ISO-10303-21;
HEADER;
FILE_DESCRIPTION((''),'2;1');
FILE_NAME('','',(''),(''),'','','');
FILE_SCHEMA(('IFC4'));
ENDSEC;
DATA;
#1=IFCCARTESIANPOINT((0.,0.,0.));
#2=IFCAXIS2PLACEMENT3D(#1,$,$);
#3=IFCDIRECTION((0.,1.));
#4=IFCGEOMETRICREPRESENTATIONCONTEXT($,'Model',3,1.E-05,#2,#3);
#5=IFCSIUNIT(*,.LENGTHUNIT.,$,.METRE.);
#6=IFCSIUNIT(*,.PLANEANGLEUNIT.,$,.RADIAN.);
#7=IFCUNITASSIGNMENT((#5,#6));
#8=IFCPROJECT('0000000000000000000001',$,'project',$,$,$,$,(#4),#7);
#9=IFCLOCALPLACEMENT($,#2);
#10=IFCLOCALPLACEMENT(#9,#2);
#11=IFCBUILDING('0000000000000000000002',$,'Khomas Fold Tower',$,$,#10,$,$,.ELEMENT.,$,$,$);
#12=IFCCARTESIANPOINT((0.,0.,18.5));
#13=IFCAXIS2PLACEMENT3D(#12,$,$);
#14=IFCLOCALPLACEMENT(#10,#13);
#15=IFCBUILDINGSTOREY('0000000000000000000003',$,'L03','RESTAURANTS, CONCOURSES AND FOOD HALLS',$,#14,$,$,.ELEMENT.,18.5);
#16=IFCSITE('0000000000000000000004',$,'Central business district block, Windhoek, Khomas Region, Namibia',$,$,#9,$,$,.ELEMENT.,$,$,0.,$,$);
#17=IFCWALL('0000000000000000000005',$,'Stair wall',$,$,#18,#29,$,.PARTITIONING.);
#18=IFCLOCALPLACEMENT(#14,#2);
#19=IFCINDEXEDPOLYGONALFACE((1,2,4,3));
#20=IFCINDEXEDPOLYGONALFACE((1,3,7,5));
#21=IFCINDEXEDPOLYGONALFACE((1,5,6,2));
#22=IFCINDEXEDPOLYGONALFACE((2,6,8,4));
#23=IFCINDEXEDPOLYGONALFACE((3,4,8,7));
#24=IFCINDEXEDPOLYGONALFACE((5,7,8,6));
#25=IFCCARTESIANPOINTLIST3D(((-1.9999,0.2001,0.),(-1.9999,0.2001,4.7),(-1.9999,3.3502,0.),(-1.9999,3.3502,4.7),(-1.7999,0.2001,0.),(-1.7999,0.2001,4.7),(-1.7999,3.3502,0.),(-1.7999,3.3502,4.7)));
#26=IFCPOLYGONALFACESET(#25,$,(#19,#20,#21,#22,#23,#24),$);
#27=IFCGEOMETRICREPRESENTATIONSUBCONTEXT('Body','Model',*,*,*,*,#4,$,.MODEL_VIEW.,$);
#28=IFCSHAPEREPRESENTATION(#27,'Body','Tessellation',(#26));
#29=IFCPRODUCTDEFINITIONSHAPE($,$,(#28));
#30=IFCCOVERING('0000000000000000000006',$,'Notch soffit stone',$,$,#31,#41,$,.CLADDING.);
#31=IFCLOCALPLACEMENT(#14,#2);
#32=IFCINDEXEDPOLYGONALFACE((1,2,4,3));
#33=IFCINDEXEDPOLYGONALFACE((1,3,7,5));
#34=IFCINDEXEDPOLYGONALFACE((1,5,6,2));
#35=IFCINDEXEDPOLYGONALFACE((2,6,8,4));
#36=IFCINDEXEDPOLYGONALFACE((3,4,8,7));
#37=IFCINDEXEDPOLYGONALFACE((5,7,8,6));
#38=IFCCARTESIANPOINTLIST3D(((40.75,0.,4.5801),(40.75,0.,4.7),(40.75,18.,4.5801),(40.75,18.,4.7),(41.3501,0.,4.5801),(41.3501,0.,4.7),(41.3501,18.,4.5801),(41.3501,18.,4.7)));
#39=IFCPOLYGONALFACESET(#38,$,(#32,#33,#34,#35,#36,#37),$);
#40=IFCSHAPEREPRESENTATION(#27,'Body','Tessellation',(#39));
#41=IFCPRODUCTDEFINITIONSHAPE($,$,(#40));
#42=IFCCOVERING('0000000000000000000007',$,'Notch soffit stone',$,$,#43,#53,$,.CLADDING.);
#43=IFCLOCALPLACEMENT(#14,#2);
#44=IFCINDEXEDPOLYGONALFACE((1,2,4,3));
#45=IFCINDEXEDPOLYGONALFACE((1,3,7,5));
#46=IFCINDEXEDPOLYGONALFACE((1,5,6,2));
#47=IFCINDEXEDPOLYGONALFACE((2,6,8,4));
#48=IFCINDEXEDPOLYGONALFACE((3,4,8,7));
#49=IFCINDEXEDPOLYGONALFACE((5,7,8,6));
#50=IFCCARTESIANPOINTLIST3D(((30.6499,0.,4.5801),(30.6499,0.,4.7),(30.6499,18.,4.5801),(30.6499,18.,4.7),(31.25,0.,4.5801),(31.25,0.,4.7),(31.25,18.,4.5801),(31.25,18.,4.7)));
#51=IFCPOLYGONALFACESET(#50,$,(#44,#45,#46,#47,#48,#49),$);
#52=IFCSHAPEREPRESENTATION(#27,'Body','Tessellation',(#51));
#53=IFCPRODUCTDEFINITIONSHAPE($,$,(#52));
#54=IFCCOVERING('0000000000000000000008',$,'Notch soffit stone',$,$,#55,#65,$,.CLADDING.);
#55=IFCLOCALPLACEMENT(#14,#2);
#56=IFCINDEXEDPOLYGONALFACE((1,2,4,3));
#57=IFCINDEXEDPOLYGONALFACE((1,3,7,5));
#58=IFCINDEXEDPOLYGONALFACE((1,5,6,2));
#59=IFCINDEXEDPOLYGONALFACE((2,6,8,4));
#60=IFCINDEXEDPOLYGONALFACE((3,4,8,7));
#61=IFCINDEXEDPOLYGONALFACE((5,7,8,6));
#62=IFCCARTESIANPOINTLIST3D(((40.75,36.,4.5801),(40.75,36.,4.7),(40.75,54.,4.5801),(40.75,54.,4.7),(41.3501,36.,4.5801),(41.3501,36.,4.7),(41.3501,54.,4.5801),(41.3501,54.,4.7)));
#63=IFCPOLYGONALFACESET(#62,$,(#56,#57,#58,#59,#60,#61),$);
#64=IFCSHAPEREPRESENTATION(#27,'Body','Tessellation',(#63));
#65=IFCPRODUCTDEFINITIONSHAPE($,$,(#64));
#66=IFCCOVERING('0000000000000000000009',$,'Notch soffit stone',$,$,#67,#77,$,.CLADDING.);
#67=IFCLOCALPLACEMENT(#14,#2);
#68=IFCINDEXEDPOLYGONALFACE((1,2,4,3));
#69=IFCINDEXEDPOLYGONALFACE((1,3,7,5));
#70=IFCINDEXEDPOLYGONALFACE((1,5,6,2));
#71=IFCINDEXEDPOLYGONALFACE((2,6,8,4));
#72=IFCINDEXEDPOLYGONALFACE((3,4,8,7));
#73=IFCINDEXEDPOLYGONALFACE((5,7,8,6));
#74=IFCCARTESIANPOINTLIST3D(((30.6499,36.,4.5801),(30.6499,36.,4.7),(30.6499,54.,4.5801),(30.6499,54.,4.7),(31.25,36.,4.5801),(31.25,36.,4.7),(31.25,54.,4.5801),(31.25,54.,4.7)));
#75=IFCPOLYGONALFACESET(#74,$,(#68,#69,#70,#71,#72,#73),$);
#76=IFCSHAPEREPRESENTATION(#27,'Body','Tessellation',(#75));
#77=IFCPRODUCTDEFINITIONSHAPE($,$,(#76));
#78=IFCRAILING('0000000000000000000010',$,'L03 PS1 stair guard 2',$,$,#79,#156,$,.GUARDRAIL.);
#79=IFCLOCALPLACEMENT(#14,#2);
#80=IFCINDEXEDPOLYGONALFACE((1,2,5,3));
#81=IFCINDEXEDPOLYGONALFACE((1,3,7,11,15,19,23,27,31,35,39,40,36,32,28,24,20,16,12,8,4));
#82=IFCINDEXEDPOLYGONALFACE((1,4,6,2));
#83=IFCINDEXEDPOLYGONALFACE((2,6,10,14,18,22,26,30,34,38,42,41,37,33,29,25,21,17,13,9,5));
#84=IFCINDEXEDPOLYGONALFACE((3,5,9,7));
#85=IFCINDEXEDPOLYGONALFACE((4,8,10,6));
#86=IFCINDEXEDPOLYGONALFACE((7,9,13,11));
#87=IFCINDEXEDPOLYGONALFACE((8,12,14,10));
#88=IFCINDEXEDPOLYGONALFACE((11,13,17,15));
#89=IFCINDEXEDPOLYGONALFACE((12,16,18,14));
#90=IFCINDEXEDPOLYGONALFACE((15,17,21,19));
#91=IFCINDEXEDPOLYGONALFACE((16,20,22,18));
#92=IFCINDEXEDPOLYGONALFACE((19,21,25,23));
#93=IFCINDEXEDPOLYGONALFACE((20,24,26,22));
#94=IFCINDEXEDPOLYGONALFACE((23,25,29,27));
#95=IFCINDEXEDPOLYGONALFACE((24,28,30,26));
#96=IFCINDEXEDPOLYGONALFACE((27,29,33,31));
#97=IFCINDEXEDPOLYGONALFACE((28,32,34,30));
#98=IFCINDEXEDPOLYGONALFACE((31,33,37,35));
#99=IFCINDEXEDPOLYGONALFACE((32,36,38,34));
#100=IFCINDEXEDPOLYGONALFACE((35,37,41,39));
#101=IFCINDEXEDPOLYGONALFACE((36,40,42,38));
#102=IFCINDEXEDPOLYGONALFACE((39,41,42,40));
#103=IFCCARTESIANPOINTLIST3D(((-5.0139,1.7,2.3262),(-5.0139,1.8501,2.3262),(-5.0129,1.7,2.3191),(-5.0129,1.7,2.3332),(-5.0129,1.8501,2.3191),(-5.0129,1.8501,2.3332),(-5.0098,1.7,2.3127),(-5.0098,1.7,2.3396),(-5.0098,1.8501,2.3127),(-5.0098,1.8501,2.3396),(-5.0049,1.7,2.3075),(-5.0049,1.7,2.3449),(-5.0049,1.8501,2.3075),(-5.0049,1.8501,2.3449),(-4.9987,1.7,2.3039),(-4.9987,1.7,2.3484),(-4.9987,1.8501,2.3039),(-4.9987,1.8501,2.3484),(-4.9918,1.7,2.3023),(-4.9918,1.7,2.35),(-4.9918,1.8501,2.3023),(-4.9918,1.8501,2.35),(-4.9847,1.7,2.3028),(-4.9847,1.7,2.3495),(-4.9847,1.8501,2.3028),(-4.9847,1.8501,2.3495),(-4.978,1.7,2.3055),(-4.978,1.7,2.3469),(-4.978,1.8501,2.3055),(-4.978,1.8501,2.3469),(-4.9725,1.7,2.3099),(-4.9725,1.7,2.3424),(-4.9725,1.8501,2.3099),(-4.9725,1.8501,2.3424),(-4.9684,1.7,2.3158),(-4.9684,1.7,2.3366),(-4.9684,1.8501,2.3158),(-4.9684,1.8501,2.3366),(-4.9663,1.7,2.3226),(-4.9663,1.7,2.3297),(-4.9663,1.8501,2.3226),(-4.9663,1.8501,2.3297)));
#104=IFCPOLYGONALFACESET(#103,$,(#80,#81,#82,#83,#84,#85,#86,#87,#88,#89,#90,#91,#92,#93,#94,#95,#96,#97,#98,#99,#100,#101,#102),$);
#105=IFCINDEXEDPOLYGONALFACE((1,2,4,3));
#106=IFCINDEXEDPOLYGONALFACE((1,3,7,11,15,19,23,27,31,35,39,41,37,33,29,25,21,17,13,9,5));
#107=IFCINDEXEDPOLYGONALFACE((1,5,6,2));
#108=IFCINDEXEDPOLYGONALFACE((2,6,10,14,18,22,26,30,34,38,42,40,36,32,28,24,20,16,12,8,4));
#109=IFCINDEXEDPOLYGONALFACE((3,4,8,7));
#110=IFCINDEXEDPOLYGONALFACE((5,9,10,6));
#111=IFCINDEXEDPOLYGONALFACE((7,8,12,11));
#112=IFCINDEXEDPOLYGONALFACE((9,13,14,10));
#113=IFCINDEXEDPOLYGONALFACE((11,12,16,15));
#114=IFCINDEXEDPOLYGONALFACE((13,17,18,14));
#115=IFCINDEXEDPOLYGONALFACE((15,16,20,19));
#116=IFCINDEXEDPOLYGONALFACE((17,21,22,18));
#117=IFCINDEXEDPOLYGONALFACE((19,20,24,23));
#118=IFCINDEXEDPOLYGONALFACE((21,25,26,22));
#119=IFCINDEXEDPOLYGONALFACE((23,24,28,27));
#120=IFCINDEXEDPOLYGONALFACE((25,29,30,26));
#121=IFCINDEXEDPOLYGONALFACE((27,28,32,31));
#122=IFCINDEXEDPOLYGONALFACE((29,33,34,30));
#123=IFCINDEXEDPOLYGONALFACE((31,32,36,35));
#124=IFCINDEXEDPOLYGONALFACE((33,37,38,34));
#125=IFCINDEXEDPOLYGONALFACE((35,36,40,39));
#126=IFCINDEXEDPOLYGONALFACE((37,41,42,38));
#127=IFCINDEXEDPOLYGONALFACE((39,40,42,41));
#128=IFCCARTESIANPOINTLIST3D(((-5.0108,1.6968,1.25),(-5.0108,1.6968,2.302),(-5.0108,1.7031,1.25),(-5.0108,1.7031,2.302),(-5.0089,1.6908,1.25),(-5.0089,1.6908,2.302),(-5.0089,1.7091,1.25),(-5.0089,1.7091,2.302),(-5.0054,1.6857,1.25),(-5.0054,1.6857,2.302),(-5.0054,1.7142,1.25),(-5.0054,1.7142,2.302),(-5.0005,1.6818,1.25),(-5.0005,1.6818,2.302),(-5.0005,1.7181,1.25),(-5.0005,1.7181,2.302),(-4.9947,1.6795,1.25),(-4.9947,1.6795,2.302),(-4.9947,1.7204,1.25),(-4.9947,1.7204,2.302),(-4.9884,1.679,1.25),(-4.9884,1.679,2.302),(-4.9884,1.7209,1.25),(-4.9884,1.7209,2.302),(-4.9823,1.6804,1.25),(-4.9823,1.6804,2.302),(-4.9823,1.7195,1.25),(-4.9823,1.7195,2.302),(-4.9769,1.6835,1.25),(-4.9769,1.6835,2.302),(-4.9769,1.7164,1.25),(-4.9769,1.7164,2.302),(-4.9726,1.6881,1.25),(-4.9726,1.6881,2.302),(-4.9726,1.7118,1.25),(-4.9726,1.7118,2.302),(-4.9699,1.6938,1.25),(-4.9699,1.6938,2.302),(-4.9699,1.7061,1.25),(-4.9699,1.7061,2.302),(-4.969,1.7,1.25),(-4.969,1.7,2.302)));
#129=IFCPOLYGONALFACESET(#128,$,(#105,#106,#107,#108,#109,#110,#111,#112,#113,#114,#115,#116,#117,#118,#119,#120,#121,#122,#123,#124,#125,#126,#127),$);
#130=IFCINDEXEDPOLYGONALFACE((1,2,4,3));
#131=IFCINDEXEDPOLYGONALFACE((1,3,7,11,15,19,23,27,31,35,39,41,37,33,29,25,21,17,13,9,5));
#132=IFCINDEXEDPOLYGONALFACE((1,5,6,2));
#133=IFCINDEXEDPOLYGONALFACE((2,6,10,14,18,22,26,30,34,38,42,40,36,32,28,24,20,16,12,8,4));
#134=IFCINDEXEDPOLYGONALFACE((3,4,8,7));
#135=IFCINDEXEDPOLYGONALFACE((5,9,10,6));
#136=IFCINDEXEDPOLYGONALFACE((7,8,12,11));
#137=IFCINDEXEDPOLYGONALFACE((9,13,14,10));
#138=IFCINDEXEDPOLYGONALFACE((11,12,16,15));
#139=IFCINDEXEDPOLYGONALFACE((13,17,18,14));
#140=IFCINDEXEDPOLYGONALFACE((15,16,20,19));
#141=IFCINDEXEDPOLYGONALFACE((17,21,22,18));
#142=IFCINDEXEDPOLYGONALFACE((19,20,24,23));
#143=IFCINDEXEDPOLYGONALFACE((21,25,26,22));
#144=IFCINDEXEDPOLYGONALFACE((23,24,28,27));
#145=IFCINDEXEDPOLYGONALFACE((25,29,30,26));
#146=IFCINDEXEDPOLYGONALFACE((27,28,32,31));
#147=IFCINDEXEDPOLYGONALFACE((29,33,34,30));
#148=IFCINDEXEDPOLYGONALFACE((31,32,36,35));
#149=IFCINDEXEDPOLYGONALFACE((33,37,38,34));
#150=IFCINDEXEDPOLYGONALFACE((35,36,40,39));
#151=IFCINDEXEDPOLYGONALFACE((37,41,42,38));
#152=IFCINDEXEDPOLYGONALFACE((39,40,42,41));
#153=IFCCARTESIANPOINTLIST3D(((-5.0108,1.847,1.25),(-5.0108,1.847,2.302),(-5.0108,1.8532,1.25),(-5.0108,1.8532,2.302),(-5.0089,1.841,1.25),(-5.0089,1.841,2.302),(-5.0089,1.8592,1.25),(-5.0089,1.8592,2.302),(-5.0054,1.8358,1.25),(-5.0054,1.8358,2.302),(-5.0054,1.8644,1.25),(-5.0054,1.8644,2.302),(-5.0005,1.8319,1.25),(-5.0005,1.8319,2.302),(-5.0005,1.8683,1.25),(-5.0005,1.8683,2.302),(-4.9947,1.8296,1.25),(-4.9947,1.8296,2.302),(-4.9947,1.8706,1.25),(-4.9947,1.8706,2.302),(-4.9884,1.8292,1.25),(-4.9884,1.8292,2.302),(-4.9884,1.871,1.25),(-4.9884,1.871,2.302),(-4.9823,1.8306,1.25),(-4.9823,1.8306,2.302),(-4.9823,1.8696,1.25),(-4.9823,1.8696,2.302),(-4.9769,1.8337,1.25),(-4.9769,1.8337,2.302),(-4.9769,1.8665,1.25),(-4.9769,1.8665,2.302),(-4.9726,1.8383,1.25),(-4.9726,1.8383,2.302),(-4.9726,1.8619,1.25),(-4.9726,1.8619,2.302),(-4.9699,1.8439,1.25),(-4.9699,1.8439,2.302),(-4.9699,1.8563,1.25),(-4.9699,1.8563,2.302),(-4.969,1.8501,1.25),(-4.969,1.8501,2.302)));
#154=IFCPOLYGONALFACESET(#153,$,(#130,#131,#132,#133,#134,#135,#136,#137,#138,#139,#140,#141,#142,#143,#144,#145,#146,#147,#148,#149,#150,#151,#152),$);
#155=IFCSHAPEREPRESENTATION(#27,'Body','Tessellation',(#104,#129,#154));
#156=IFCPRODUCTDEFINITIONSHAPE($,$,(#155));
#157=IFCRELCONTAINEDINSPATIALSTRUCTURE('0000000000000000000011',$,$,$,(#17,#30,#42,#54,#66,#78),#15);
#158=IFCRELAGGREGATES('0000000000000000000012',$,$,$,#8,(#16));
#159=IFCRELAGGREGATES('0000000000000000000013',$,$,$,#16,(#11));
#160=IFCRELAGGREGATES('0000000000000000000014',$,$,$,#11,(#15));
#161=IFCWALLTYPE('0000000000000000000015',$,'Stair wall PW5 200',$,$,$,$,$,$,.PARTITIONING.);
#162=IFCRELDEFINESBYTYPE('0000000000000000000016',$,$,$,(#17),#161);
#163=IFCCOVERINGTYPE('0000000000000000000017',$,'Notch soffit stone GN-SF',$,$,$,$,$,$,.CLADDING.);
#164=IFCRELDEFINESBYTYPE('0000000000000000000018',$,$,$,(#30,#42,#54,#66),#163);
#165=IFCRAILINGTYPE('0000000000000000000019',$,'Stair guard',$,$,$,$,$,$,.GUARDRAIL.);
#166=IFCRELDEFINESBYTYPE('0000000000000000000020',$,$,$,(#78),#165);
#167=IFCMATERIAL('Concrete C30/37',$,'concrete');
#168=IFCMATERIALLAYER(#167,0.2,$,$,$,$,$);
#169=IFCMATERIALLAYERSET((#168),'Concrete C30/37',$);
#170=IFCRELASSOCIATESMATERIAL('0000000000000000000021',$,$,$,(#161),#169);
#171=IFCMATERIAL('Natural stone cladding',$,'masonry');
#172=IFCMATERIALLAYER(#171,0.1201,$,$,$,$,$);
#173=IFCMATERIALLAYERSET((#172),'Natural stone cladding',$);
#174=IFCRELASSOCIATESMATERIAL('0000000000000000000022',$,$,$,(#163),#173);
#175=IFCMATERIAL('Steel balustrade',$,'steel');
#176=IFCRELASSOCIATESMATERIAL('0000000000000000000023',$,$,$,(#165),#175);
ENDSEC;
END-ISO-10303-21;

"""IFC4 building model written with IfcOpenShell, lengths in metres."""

from ifc_helpers import new_model, si_unit, direction, frame, frame_2d, origin, origin_2d, place, context, subcontext, project, spatial, polyline, rectangle, circle, outline, extrude, source, transform, mapped, material, layer, layer_set, type_object, element, save


model = new_model("IFC4")

# Units and contexts
model_context = context("Model", 3, precision=1e-05, world=origin(), true_north=direction((0.0, 1.0)))
body_context = subcontext(model_context, "Body", "Model", "MODEL_VIEW")
ifc_project = project(units=[si_unit("LENGTHUNIT", "METRE"), si_unit("PLANEANGLEUNIT", "RADIAN")], contexts=[model_context])

# Site, building, storey
site_placement = place(None, origin())
site = spatial("IfcSite", under=ifc_project, at=site_placement, Name="Central business district block, Windhoek, Khomas Region, Namibia", CompositionType="ELEMENT", RefElevation=0.0)
building_placement = place(site_placement, origin())
building = spatial("IfcBuilding", under=site, at=building_placement, Name="Khomas Fold Tower", CompositionType="ELEMENT")
storey_placement = place(building_placement, frame((0.0, 0.0, 18.5)))
storey = spatial("IfcBuildingStorey", under=building, at=storey_placement, Name="L03", Description="RESTAURANTS, CONCOURSES AND FOOD HALLS", CompositionType="ELEMENT", Elevation=18.5)

# Wall
ifc_material_1 = material(Name="Concrete C30/37", Category="concrete")
ifc_layer_1 = layer(ifc_material_1, 0.2)
ifc_layer_set_1 = layer_set([ifc_layer_1], Name="Concrete C30/37")
wall_type_1 = type_object("IfcWallType", Name="Stair wall PW5 200", PredefinedType="PARTITIONING", material=ifc_layer_set_1)
shared_shape_1 = source(origin(), body_context, "Body", "SweptSolid", [
    extrude(rectangle(XDim=3.1501, YDim=0.2, at=frame_2d((1.5752, 0.0))), origin(), (0.0, 0.0, 1.0), 4.7),
])
wall_1_placement = place(storey_placement, frame((-1.8999, 0.2, 0.0), z_axis=(0.0, 0.0, 1.0), x_axis=(0.0, 1.0, 0.0)))
element("IfcWall", 1, at=wall_1_placement, inside=storey, type_object=wall_type_1, Name="Stair wall", PredefinedType="PARTITIONING", context=body_context, shape_type="MappedRepresentation", body=[
    mapped(shared_shape_1, transform((0.0, 0.0, 0.0))),
])

# Coverings
ifc_material_2 = material(Name="Natural stone cladding", Category="masonry")
ifc_layer_2 = layer(ifc_material_2, 0.1201)
ifc_layer_set_2 = layer_set([ifc_layer_2], Name="Natural stone cladding")
covering_type = type_object("IfcCoveringType", Name="Notch soffit stone GN-SF", PredefinedType="CLADDING", material=ifc_layer_set_2)
shared_shape_2 = source(origin(), body_context, "Body", "SweptSolid", [
    extrude(outline(polyline([(40.75, 18.0), (40.75, 0.0), (41.3501, 0.0), (41.3501, 18.0), (40.75, 18.0)])), origin(), (0.0, 0.0, 1.0), 0.1199),
])
covering_1_placement = place(storey_placement, frame((0.0, 0.0, 4.5801)))
element("IfcCovering", 2, at=covering_1_placement, inside=storey, type_object=covering_type, Name="Notch soffit stone", PredefinedType="CLADDING", context=body_context, shape_type="MappedRepresentation", body=[
    mapped(shared_shape_2, transform((0.0, 0.0, 0.0))),
])
shared_shape_3 = source(origin(), body_context, "Body", "SweptSolid", [
    extrude(outline(polyline([(31.25, 0.0), (31.25, 18.0), (30.6499, 18.0), (30.6499, 0.0), (31.25, 0.0)])), origin(), (0.0, 0.0, 1.0), 0.1199),
])
covering_2_placement = place(storey_placement, frame((0.0, 0.0, 4.5801)))
element("IfcCovering", 3, at=covering_2_placement, inside=storey, type_object=covering_type, Name="Notch soffit stone", PredefinedType="CLADDING", context=body_context, shape_type="MappedRepresentation", body=[
    mapped(shared_shape_3, transform((0.0, 0.0, 0.0))),
])
shared_shape_4 = source(origin(), body_context, "Body", "SweptSolid", [
    extrude(outline(polyline([(40.75, 54.0), (40.75, 36.0), (41.3501, 36.0), (41.3501, 54.0), (40.75, 54.0)])), origin(), (0.0, 0.0, 1.0), 0.1199),
])
covering_3_placement = place(storey_placement, frame((0.0, 0.0, 4.5801)))
element("IfcCovering", 4, at=covering_3_placement, inside=storey, type_object=covering_type, Name="Notch soffit stone", PredefinedType="CLADDING", context=body_context, shape_type="MappedRepresentation", body=[
    mapped(shared_shape_4, transform((0.0, 0.0, 0.0))),
])
shared_shape_5 = source(origin(), body_context, "Body", "SweptSolid", [
    extrude(outline(polyline([(31.25, 36.0), (31.25, 54.0), (30.6499, 54.0), (30.6499, 36.0), (31.25, 36.0)])), origin(), (0.0, 0.0, 1.0), 0.1199),
])
covering_4_placement = place(storey_placement, frame((0.0, 0.0, 4.5801)))
element("IfcCovering", 5, at=covering_4_placement, inside=storey, type_object=covering_type, Name="Notch soffit stone", PredefinedType="CLADDING", context=body_context, shape_type="MappedRepresentation", body=[
    mapped(shared_shape_5, transform((0.0, 0.0, 0.0))),
])

# Railing
ifc_material_3 = material(Name="Steel balustrade", Category="steel")
railing_type = type_object("IfcRailingType", Name="Stair guard", PredefinedType="GUARDRAIL", material=ifc_material_3)
shared_shape_6 = source(origin(), body_context, "Body", "SweptSolid", [
    extrude(circle(Radius=0.0239, at=origin_2d()), frame((0.0, 0.0, 1.0762), z_axis=(0.0, 1.0, 0.0), x_axis=(-1.0, 0.0, 0.0)), (0.0, 0.0, 1.0), 0.1501),
    extrude(circle(Radius=0.021, at=origin_2d()), origin(), (0.0, 0.0, 1.0), 1.052),
    extrude(circle(Radius=0.021, at=origin_2d()), frame((0.0, 0.1501, 0.0)), (0.0, 0.0, 1.0), 1.052),
])
for number, where, name in (
    (6, (-4.99, 1.7, 1.25), "L03 PS1 stair guard 2"),
):
    element("IfcRailing", number, at=place(storey_placement, frame(where)), inside=storey, type_object=railing_type, Name=name, PredefinedType="GUARDRAIL", context=body_context, shape_type="MappedRepresentation", body=[
        mapped(shared_shape_6, transform((0.0, 0.0, 0.0))),
    ])

save(model, "model.ifc")
